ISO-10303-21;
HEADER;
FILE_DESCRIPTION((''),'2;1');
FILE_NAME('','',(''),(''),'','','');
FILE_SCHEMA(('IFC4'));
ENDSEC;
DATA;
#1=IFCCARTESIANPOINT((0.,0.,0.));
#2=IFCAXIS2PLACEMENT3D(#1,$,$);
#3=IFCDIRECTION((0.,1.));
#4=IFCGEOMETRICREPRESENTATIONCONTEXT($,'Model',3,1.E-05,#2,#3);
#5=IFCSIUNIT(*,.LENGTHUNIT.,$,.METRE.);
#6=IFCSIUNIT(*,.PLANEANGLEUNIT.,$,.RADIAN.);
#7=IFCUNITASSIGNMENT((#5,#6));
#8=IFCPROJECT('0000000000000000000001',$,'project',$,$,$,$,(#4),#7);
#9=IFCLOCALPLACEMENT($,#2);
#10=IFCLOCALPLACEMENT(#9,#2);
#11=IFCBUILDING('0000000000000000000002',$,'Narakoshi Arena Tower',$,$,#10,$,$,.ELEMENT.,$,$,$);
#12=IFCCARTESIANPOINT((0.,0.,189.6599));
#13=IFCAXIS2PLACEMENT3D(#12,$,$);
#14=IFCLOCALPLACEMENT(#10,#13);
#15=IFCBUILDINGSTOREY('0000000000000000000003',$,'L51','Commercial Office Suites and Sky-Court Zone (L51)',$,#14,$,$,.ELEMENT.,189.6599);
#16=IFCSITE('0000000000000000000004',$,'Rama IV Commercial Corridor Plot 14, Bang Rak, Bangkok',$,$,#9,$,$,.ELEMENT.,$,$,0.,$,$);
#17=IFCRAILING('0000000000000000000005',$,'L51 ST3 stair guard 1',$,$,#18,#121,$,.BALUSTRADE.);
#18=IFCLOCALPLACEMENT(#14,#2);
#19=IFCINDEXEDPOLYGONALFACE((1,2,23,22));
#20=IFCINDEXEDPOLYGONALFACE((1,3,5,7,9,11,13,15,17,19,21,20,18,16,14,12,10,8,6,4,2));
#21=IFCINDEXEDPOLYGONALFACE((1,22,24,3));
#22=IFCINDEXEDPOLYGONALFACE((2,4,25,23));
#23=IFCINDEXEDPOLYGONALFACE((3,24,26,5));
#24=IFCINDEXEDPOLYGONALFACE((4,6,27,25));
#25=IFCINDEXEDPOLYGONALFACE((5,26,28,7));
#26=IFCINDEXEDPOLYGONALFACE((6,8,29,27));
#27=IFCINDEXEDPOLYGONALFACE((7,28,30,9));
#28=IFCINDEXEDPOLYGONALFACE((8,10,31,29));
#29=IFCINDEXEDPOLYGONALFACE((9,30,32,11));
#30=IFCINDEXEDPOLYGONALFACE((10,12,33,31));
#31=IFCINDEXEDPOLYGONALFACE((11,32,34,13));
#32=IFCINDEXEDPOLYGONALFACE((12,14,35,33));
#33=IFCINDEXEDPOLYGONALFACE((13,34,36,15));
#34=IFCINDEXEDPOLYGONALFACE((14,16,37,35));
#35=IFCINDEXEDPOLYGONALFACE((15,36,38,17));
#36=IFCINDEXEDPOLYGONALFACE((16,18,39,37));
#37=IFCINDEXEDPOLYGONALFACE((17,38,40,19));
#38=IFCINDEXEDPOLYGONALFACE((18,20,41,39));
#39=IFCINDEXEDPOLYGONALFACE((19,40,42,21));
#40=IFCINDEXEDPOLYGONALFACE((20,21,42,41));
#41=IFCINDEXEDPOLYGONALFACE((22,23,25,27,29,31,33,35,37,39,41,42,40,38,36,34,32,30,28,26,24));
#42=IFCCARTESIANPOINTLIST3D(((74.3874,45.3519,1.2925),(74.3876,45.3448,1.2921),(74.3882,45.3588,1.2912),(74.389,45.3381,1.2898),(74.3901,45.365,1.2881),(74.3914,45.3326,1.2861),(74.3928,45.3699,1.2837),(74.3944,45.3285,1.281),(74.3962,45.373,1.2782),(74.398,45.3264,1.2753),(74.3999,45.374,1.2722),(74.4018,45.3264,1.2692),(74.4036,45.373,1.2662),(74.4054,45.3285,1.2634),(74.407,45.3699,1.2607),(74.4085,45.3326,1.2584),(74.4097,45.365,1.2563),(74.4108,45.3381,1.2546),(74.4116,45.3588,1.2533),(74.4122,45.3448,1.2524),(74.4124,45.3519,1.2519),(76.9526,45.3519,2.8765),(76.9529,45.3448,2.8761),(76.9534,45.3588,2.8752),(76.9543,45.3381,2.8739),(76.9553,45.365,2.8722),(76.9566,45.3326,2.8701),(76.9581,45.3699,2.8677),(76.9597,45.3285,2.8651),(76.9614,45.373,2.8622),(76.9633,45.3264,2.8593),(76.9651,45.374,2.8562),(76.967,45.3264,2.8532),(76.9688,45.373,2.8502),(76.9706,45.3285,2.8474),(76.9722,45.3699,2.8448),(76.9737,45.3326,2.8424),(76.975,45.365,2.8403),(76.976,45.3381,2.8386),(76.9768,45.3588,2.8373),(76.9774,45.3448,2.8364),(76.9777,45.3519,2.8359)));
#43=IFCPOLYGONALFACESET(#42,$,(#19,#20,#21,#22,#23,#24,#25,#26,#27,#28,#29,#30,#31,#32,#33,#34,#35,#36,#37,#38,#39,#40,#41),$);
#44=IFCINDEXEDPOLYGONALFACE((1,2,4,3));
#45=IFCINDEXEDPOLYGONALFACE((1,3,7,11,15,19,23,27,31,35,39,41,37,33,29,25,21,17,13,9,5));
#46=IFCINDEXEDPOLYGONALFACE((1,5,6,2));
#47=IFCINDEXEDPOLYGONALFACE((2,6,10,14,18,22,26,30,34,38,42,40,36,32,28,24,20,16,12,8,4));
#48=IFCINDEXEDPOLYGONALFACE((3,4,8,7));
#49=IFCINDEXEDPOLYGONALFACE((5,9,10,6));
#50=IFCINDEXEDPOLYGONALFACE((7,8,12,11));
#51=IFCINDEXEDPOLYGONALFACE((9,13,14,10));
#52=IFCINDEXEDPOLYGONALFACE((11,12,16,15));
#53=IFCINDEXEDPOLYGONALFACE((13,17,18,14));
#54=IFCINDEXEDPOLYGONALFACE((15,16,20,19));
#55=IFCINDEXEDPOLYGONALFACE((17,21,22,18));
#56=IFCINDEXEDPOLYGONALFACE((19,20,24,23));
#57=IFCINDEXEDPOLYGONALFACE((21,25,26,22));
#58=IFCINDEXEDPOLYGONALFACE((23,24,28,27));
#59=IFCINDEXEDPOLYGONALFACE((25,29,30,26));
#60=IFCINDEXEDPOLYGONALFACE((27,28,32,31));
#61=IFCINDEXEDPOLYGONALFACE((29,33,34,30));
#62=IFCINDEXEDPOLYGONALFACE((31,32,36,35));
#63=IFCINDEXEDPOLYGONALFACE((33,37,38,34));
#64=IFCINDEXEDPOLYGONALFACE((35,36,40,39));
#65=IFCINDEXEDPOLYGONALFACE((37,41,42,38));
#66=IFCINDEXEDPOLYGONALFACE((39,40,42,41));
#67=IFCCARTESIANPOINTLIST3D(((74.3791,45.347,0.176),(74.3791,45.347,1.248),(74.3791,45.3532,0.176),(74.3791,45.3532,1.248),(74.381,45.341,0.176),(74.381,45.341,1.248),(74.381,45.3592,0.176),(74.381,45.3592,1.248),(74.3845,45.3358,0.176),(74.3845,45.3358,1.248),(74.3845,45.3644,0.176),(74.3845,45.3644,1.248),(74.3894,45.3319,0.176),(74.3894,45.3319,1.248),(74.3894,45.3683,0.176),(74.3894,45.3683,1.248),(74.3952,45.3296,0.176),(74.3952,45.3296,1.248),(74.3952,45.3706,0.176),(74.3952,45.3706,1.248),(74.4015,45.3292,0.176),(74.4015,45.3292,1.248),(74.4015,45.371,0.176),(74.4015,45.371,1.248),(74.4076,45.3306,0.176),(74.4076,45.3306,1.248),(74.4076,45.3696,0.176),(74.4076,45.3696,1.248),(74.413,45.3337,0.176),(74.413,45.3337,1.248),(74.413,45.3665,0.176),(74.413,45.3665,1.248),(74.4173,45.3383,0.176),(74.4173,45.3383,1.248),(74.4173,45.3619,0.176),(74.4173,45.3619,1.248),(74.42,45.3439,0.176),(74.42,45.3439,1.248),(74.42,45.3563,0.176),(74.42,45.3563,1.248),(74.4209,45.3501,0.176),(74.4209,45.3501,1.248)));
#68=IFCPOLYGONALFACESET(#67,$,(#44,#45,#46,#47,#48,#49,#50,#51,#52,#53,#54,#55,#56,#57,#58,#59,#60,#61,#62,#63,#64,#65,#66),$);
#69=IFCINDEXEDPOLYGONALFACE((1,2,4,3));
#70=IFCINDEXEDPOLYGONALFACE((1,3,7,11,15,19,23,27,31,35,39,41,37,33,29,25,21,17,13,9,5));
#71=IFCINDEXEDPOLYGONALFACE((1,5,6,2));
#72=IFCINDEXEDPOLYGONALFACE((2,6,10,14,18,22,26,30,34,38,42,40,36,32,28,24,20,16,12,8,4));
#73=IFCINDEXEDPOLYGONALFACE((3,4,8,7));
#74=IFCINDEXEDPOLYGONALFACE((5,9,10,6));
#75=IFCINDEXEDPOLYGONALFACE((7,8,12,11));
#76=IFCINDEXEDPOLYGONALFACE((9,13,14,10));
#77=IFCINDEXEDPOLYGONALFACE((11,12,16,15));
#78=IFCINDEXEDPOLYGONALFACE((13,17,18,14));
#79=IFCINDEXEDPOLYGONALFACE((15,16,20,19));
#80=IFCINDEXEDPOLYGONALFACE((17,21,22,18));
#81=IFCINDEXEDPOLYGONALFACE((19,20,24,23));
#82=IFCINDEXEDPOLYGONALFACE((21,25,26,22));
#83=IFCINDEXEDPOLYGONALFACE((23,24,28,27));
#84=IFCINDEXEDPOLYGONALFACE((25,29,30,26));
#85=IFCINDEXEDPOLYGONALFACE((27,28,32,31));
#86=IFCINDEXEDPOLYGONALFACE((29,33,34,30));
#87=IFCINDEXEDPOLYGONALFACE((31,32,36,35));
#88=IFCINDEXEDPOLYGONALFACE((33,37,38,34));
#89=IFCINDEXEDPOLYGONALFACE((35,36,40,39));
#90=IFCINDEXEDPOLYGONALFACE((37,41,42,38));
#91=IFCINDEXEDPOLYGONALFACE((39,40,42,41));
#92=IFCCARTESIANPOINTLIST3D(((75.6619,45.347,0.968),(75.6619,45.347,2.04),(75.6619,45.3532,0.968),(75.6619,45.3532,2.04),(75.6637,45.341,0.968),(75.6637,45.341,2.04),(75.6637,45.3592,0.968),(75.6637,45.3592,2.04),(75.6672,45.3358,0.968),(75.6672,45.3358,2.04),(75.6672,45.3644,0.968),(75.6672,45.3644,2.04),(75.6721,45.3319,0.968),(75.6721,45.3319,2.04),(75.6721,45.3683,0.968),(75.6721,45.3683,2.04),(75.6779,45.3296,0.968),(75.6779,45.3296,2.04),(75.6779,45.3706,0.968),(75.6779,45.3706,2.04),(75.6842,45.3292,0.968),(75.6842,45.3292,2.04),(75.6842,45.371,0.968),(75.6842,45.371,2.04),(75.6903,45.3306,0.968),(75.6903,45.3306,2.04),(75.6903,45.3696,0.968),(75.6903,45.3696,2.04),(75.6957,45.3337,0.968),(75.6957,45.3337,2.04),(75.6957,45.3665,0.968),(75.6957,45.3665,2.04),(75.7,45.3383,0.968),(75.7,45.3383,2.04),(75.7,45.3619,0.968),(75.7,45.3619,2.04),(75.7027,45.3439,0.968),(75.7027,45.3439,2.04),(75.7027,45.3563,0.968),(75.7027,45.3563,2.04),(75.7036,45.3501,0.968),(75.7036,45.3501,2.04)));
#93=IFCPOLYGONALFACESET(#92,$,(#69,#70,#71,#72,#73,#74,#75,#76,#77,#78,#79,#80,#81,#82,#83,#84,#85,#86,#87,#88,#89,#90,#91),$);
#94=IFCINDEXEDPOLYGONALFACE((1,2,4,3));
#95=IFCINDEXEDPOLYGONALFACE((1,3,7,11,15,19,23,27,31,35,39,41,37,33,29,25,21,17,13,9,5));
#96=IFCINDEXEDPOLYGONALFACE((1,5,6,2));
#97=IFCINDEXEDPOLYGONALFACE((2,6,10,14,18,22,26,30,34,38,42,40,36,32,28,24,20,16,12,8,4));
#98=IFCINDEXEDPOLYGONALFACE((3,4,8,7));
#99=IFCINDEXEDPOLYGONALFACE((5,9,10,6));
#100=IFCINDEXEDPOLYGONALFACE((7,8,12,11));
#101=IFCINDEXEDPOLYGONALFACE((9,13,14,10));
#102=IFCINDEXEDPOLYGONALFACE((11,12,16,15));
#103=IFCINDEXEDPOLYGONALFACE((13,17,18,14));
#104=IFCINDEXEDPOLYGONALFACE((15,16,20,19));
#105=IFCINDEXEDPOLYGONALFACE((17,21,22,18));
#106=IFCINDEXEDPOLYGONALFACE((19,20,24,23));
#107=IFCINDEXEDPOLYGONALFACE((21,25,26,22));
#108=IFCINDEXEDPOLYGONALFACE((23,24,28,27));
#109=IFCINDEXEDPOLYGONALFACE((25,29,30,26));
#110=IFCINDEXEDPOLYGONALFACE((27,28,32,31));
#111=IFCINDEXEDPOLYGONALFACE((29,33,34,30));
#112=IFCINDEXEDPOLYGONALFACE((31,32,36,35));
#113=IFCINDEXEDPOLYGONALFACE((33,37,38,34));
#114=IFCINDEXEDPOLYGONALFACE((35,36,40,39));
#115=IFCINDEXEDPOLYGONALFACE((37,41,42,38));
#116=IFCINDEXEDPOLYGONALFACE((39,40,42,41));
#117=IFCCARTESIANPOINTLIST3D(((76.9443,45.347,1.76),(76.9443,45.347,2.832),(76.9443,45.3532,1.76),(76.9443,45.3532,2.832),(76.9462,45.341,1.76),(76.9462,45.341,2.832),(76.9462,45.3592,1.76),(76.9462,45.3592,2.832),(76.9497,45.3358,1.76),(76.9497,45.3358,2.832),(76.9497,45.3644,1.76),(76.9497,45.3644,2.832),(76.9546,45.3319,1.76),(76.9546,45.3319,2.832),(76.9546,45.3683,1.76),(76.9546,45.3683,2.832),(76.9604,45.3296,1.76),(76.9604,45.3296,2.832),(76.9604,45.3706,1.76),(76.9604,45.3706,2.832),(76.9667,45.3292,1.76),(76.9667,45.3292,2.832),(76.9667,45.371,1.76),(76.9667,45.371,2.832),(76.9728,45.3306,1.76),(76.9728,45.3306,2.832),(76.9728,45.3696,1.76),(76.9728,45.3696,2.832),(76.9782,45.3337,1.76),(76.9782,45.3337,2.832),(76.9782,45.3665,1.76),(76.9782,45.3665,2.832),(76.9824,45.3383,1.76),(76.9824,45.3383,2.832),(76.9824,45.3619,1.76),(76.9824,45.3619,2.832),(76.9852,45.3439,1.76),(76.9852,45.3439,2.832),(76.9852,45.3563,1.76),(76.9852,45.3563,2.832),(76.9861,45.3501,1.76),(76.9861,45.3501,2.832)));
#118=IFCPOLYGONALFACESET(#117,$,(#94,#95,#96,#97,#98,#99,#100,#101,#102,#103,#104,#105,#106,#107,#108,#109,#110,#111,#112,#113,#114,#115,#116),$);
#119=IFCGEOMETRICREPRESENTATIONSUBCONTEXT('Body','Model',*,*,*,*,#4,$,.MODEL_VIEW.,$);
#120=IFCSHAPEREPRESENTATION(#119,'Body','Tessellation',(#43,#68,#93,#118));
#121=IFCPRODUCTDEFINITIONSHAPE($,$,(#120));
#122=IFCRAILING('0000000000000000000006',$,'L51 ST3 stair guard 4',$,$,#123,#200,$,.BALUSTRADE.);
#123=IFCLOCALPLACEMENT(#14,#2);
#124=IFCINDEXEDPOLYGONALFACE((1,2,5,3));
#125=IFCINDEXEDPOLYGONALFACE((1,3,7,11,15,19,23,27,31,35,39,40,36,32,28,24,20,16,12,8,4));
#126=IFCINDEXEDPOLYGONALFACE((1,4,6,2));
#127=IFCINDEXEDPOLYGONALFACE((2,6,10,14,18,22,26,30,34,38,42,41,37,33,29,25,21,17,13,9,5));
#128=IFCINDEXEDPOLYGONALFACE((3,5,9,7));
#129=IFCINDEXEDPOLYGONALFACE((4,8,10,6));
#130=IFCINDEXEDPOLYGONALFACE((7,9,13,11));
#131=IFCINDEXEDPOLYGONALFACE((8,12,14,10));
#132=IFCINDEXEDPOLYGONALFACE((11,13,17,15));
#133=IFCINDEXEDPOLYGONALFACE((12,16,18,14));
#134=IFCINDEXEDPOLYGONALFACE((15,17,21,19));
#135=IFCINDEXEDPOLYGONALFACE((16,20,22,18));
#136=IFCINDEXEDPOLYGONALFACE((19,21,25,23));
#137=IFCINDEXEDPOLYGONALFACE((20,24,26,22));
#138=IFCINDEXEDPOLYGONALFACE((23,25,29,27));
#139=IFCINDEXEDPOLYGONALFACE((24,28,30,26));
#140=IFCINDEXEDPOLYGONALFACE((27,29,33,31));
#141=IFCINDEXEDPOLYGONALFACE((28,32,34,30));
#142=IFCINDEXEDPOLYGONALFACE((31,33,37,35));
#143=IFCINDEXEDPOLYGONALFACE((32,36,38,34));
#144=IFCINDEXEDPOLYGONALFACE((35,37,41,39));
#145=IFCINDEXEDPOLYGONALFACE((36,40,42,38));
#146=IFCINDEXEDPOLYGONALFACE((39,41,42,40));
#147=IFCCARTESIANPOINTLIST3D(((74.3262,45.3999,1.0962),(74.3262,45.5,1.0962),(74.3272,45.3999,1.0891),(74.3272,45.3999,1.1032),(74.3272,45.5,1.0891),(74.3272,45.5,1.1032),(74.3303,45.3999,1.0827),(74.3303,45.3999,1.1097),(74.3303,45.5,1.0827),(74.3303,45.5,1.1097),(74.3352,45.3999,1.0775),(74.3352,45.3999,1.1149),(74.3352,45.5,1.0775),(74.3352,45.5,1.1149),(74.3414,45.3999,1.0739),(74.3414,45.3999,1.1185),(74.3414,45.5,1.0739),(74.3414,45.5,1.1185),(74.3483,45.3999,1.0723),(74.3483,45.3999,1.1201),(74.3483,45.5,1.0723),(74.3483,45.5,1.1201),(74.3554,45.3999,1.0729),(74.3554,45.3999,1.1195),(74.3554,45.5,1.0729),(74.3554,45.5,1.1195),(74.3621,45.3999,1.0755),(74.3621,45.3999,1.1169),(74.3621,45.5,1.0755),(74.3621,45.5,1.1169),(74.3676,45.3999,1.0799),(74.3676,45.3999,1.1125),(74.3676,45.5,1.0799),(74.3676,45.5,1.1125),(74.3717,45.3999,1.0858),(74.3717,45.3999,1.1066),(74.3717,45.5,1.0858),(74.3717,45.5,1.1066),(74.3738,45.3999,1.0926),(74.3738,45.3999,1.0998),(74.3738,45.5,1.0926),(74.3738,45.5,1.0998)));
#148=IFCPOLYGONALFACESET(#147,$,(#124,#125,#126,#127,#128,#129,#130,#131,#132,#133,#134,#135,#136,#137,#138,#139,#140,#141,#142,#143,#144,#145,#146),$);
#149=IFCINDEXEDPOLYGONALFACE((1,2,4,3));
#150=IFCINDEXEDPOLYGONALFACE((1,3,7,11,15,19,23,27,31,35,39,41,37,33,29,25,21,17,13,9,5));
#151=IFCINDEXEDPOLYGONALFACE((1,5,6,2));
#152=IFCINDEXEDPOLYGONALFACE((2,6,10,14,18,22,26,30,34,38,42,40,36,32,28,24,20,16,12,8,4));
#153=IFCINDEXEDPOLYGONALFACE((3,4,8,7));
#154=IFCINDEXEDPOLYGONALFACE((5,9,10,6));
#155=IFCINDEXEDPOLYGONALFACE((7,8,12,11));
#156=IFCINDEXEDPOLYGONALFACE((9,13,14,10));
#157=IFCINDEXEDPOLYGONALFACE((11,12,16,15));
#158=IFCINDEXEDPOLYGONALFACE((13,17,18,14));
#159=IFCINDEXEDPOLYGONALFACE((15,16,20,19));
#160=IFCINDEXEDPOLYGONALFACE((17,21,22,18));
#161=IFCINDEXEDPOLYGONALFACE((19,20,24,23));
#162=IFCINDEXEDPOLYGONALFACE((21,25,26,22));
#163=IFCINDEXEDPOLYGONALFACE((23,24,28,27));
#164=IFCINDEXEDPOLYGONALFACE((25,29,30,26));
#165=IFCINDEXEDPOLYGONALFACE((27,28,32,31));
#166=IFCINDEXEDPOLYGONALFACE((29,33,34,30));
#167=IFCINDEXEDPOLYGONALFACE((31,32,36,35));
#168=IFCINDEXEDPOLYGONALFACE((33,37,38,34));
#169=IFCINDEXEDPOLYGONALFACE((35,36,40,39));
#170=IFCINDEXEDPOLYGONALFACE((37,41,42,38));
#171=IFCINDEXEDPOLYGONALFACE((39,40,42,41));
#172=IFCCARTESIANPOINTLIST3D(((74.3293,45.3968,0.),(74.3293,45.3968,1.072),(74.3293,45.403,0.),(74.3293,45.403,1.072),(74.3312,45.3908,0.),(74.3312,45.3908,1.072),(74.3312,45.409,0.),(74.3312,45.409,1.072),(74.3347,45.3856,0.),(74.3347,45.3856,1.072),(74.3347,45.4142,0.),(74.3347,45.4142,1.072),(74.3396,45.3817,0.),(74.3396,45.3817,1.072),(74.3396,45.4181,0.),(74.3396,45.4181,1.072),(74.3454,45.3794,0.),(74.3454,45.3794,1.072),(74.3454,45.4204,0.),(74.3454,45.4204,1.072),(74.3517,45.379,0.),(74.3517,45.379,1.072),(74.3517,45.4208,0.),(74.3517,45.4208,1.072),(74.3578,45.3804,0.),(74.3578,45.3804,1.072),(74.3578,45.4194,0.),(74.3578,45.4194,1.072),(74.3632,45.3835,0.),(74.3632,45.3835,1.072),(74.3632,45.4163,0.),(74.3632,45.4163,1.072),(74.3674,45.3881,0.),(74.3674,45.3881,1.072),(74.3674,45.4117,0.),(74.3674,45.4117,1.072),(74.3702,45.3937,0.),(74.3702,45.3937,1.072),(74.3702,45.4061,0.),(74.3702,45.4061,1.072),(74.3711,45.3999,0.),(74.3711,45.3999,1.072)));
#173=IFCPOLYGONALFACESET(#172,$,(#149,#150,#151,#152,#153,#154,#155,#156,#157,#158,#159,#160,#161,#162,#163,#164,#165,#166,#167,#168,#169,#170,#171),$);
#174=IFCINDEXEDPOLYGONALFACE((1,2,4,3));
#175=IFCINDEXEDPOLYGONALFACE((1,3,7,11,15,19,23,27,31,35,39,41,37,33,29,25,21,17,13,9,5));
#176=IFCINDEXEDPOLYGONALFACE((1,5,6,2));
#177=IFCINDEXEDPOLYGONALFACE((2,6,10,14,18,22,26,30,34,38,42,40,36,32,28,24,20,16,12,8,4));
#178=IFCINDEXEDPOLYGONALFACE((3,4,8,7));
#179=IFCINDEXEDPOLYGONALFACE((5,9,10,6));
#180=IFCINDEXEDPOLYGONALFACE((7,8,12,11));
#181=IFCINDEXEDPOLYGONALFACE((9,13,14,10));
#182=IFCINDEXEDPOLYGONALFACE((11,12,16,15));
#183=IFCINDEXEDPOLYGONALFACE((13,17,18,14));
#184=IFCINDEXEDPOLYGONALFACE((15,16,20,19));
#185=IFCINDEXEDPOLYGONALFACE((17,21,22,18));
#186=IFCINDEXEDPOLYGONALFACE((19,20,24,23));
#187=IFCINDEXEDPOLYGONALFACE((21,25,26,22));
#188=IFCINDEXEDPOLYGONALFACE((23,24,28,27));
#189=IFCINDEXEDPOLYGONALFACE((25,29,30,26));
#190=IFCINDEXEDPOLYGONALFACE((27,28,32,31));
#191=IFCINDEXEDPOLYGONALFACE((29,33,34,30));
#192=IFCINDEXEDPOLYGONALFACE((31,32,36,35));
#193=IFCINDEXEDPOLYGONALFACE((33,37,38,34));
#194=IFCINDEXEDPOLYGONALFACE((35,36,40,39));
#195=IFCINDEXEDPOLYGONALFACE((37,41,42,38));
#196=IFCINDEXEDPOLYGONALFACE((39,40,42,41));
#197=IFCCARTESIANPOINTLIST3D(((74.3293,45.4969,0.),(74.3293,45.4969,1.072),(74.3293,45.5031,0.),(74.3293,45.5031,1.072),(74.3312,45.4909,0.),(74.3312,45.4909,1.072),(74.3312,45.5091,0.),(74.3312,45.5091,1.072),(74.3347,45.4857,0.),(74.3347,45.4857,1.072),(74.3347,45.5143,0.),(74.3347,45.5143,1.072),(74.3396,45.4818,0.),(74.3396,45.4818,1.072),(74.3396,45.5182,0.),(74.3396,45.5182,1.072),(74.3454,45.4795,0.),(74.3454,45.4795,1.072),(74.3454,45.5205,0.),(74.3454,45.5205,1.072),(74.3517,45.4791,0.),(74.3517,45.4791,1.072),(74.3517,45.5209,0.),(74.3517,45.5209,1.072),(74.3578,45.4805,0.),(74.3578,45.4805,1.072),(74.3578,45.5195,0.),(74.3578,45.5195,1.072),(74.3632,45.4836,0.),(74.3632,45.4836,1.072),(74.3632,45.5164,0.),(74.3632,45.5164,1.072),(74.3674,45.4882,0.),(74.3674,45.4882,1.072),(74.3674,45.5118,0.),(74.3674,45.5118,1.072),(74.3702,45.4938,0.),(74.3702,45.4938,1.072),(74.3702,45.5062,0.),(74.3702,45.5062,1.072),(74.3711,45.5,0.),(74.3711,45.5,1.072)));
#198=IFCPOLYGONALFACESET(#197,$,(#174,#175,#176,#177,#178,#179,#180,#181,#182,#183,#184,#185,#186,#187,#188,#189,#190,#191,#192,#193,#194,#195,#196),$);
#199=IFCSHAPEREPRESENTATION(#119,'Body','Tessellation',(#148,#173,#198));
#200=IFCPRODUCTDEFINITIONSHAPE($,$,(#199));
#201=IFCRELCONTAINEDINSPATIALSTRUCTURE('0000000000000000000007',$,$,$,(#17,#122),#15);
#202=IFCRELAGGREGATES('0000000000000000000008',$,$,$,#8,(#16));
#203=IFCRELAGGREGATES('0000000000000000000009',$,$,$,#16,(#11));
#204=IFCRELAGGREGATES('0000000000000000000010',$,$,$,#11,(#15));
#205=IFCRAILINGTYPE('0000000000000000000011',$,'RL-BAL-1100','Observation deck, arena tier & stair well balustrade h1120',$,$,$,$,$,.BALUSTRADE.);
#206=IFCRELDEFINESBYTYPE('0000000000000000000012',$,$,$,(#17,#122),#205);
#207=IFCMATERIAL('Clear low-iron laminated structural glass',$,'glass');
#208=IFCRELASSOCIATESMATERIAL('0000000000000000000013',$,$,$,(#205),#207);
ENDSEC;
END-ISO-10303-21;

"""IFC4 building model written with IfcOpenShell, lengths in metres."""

from ifc_helpers import new_model, si_unit, direction, frame, origin, origin_2d, place, context, subcontext, project, spatial, circle, extrude, material, type_object, element, save


model = new_model("IFC4")

# Units and contexts
model_context = context("Model", 3, precision=1e-05, world=origin(), true_north=direction((0.0, 1.0)))
body_context = subcontext(model_context, "Body", "Model", "MODEL_VIEW")
ifc_project = project(units=[si_unit("LENGTHUNIT", "METRE"), si_unit("PLANEANGLEUNIT", "RADIAN")], contexts=[model_context])

# Site, building, storey
site_placement = place(None, origin())
site = spatial("IfcSite", under=ifc_project, at=site_placement, Name="Rama IV Commercial Corridor Plot 14, Bang Rak, Bangkok", CompositionType="ELEMENT", RefElevation=0.0)
building_placement = place(site_placement, origin())
building = spatial("IfcBuilding", under=site, at=building_placement, Name="Narakoshi Arena Tower", CompositionType="ELEMENT")
storey_placement = place(building_placement, frame((0.0, 0.0, 189.6599)))
storey = spatial("IfcBuildingStorey", under=building, at=storey_placement, Name="L51", Description="Commercial Office Suites and Sky-Court Zone (L51)", CompositionType="ELEMENT", Elevation=189.6599)

# Railings
ifc_material_1 = material(Name="Clear low-iron laminated structural glass", Category="glass")
railing_type_1 = type_object("IfcRailingType", Name="RL-BAL-1100", Description="Observation deck, arena tier & stair well balustrade h1120", PredefinedType="BALUSTRADE", material=ifc_material_1)
railing_1_placement = place(storey_placement, frame((74.3999, 45.3501, 0.176)))
element("IfcRailing", 1, at=railing_1_placement, inside=storey, type_object=railing_type_1, Name="L51 ST3 stair guard 1", PredefinedType="BALUSTRADE", context=body_context, shape_type="SweptSolid", body=[
    extrude(circle(Radius=0.0239, at=origin_2d()), frame((0.0, 0.0, 1.0962), z_axis=(0.850857, 0.0, 0.525398), x_axis=(0.0, 1.0, 0.0)), (0.0, 0.0, 1.0), 3.0149),
    extrude(circle(Radius=0.021, at=origin_2d()), origin(), (0.0, 0.0, 1.0), 1.072),
    extrude(circle(Radius=0.021, at=origin_2d()), frame((1.2827, 0.0, 0.792)), (0.0, 0.0, 1.0), 1.072),
    extrude(circle(Radius=0.021, at=origin_2d()), frame((2.5652, 0.0, 1.584)), (0.0, 0.0, 1.0), 1.072),
])
railing_2_placement = place(storey_placement, frame((74.3501, 45.3999, 0.0)))
element("IfcRailing", 2, at=railing_2_placement, inside=storey, type_object=railing_type_1, Name="L51 ST3 stair guard 4", PredefinedType="BALUSTRADE", context=body_context, shape_type="SweptSolid", body=[
    extrude(circle(Radius=0.0239, at=origin_2d()), frame((0.0, 0.0, 1.0962), z_axis=(0.0, 1.0, 0.0), x_axis=(-1.0, 0.0, 0.0)), (0.0, 0.0, 1.0), 0.1001),
    extrude(circle(Radius=0.021, at=origin_2d()), origin(), (0.0, 0.0, 1.0), 1.072),
    extrude(circle(Radius=0.021, at=origin_2d()), frame((0.0, 0.1001, 0.0)), (0.0, 0.0, 1.0), 1.072),
])

save(model, "model.ifc")
